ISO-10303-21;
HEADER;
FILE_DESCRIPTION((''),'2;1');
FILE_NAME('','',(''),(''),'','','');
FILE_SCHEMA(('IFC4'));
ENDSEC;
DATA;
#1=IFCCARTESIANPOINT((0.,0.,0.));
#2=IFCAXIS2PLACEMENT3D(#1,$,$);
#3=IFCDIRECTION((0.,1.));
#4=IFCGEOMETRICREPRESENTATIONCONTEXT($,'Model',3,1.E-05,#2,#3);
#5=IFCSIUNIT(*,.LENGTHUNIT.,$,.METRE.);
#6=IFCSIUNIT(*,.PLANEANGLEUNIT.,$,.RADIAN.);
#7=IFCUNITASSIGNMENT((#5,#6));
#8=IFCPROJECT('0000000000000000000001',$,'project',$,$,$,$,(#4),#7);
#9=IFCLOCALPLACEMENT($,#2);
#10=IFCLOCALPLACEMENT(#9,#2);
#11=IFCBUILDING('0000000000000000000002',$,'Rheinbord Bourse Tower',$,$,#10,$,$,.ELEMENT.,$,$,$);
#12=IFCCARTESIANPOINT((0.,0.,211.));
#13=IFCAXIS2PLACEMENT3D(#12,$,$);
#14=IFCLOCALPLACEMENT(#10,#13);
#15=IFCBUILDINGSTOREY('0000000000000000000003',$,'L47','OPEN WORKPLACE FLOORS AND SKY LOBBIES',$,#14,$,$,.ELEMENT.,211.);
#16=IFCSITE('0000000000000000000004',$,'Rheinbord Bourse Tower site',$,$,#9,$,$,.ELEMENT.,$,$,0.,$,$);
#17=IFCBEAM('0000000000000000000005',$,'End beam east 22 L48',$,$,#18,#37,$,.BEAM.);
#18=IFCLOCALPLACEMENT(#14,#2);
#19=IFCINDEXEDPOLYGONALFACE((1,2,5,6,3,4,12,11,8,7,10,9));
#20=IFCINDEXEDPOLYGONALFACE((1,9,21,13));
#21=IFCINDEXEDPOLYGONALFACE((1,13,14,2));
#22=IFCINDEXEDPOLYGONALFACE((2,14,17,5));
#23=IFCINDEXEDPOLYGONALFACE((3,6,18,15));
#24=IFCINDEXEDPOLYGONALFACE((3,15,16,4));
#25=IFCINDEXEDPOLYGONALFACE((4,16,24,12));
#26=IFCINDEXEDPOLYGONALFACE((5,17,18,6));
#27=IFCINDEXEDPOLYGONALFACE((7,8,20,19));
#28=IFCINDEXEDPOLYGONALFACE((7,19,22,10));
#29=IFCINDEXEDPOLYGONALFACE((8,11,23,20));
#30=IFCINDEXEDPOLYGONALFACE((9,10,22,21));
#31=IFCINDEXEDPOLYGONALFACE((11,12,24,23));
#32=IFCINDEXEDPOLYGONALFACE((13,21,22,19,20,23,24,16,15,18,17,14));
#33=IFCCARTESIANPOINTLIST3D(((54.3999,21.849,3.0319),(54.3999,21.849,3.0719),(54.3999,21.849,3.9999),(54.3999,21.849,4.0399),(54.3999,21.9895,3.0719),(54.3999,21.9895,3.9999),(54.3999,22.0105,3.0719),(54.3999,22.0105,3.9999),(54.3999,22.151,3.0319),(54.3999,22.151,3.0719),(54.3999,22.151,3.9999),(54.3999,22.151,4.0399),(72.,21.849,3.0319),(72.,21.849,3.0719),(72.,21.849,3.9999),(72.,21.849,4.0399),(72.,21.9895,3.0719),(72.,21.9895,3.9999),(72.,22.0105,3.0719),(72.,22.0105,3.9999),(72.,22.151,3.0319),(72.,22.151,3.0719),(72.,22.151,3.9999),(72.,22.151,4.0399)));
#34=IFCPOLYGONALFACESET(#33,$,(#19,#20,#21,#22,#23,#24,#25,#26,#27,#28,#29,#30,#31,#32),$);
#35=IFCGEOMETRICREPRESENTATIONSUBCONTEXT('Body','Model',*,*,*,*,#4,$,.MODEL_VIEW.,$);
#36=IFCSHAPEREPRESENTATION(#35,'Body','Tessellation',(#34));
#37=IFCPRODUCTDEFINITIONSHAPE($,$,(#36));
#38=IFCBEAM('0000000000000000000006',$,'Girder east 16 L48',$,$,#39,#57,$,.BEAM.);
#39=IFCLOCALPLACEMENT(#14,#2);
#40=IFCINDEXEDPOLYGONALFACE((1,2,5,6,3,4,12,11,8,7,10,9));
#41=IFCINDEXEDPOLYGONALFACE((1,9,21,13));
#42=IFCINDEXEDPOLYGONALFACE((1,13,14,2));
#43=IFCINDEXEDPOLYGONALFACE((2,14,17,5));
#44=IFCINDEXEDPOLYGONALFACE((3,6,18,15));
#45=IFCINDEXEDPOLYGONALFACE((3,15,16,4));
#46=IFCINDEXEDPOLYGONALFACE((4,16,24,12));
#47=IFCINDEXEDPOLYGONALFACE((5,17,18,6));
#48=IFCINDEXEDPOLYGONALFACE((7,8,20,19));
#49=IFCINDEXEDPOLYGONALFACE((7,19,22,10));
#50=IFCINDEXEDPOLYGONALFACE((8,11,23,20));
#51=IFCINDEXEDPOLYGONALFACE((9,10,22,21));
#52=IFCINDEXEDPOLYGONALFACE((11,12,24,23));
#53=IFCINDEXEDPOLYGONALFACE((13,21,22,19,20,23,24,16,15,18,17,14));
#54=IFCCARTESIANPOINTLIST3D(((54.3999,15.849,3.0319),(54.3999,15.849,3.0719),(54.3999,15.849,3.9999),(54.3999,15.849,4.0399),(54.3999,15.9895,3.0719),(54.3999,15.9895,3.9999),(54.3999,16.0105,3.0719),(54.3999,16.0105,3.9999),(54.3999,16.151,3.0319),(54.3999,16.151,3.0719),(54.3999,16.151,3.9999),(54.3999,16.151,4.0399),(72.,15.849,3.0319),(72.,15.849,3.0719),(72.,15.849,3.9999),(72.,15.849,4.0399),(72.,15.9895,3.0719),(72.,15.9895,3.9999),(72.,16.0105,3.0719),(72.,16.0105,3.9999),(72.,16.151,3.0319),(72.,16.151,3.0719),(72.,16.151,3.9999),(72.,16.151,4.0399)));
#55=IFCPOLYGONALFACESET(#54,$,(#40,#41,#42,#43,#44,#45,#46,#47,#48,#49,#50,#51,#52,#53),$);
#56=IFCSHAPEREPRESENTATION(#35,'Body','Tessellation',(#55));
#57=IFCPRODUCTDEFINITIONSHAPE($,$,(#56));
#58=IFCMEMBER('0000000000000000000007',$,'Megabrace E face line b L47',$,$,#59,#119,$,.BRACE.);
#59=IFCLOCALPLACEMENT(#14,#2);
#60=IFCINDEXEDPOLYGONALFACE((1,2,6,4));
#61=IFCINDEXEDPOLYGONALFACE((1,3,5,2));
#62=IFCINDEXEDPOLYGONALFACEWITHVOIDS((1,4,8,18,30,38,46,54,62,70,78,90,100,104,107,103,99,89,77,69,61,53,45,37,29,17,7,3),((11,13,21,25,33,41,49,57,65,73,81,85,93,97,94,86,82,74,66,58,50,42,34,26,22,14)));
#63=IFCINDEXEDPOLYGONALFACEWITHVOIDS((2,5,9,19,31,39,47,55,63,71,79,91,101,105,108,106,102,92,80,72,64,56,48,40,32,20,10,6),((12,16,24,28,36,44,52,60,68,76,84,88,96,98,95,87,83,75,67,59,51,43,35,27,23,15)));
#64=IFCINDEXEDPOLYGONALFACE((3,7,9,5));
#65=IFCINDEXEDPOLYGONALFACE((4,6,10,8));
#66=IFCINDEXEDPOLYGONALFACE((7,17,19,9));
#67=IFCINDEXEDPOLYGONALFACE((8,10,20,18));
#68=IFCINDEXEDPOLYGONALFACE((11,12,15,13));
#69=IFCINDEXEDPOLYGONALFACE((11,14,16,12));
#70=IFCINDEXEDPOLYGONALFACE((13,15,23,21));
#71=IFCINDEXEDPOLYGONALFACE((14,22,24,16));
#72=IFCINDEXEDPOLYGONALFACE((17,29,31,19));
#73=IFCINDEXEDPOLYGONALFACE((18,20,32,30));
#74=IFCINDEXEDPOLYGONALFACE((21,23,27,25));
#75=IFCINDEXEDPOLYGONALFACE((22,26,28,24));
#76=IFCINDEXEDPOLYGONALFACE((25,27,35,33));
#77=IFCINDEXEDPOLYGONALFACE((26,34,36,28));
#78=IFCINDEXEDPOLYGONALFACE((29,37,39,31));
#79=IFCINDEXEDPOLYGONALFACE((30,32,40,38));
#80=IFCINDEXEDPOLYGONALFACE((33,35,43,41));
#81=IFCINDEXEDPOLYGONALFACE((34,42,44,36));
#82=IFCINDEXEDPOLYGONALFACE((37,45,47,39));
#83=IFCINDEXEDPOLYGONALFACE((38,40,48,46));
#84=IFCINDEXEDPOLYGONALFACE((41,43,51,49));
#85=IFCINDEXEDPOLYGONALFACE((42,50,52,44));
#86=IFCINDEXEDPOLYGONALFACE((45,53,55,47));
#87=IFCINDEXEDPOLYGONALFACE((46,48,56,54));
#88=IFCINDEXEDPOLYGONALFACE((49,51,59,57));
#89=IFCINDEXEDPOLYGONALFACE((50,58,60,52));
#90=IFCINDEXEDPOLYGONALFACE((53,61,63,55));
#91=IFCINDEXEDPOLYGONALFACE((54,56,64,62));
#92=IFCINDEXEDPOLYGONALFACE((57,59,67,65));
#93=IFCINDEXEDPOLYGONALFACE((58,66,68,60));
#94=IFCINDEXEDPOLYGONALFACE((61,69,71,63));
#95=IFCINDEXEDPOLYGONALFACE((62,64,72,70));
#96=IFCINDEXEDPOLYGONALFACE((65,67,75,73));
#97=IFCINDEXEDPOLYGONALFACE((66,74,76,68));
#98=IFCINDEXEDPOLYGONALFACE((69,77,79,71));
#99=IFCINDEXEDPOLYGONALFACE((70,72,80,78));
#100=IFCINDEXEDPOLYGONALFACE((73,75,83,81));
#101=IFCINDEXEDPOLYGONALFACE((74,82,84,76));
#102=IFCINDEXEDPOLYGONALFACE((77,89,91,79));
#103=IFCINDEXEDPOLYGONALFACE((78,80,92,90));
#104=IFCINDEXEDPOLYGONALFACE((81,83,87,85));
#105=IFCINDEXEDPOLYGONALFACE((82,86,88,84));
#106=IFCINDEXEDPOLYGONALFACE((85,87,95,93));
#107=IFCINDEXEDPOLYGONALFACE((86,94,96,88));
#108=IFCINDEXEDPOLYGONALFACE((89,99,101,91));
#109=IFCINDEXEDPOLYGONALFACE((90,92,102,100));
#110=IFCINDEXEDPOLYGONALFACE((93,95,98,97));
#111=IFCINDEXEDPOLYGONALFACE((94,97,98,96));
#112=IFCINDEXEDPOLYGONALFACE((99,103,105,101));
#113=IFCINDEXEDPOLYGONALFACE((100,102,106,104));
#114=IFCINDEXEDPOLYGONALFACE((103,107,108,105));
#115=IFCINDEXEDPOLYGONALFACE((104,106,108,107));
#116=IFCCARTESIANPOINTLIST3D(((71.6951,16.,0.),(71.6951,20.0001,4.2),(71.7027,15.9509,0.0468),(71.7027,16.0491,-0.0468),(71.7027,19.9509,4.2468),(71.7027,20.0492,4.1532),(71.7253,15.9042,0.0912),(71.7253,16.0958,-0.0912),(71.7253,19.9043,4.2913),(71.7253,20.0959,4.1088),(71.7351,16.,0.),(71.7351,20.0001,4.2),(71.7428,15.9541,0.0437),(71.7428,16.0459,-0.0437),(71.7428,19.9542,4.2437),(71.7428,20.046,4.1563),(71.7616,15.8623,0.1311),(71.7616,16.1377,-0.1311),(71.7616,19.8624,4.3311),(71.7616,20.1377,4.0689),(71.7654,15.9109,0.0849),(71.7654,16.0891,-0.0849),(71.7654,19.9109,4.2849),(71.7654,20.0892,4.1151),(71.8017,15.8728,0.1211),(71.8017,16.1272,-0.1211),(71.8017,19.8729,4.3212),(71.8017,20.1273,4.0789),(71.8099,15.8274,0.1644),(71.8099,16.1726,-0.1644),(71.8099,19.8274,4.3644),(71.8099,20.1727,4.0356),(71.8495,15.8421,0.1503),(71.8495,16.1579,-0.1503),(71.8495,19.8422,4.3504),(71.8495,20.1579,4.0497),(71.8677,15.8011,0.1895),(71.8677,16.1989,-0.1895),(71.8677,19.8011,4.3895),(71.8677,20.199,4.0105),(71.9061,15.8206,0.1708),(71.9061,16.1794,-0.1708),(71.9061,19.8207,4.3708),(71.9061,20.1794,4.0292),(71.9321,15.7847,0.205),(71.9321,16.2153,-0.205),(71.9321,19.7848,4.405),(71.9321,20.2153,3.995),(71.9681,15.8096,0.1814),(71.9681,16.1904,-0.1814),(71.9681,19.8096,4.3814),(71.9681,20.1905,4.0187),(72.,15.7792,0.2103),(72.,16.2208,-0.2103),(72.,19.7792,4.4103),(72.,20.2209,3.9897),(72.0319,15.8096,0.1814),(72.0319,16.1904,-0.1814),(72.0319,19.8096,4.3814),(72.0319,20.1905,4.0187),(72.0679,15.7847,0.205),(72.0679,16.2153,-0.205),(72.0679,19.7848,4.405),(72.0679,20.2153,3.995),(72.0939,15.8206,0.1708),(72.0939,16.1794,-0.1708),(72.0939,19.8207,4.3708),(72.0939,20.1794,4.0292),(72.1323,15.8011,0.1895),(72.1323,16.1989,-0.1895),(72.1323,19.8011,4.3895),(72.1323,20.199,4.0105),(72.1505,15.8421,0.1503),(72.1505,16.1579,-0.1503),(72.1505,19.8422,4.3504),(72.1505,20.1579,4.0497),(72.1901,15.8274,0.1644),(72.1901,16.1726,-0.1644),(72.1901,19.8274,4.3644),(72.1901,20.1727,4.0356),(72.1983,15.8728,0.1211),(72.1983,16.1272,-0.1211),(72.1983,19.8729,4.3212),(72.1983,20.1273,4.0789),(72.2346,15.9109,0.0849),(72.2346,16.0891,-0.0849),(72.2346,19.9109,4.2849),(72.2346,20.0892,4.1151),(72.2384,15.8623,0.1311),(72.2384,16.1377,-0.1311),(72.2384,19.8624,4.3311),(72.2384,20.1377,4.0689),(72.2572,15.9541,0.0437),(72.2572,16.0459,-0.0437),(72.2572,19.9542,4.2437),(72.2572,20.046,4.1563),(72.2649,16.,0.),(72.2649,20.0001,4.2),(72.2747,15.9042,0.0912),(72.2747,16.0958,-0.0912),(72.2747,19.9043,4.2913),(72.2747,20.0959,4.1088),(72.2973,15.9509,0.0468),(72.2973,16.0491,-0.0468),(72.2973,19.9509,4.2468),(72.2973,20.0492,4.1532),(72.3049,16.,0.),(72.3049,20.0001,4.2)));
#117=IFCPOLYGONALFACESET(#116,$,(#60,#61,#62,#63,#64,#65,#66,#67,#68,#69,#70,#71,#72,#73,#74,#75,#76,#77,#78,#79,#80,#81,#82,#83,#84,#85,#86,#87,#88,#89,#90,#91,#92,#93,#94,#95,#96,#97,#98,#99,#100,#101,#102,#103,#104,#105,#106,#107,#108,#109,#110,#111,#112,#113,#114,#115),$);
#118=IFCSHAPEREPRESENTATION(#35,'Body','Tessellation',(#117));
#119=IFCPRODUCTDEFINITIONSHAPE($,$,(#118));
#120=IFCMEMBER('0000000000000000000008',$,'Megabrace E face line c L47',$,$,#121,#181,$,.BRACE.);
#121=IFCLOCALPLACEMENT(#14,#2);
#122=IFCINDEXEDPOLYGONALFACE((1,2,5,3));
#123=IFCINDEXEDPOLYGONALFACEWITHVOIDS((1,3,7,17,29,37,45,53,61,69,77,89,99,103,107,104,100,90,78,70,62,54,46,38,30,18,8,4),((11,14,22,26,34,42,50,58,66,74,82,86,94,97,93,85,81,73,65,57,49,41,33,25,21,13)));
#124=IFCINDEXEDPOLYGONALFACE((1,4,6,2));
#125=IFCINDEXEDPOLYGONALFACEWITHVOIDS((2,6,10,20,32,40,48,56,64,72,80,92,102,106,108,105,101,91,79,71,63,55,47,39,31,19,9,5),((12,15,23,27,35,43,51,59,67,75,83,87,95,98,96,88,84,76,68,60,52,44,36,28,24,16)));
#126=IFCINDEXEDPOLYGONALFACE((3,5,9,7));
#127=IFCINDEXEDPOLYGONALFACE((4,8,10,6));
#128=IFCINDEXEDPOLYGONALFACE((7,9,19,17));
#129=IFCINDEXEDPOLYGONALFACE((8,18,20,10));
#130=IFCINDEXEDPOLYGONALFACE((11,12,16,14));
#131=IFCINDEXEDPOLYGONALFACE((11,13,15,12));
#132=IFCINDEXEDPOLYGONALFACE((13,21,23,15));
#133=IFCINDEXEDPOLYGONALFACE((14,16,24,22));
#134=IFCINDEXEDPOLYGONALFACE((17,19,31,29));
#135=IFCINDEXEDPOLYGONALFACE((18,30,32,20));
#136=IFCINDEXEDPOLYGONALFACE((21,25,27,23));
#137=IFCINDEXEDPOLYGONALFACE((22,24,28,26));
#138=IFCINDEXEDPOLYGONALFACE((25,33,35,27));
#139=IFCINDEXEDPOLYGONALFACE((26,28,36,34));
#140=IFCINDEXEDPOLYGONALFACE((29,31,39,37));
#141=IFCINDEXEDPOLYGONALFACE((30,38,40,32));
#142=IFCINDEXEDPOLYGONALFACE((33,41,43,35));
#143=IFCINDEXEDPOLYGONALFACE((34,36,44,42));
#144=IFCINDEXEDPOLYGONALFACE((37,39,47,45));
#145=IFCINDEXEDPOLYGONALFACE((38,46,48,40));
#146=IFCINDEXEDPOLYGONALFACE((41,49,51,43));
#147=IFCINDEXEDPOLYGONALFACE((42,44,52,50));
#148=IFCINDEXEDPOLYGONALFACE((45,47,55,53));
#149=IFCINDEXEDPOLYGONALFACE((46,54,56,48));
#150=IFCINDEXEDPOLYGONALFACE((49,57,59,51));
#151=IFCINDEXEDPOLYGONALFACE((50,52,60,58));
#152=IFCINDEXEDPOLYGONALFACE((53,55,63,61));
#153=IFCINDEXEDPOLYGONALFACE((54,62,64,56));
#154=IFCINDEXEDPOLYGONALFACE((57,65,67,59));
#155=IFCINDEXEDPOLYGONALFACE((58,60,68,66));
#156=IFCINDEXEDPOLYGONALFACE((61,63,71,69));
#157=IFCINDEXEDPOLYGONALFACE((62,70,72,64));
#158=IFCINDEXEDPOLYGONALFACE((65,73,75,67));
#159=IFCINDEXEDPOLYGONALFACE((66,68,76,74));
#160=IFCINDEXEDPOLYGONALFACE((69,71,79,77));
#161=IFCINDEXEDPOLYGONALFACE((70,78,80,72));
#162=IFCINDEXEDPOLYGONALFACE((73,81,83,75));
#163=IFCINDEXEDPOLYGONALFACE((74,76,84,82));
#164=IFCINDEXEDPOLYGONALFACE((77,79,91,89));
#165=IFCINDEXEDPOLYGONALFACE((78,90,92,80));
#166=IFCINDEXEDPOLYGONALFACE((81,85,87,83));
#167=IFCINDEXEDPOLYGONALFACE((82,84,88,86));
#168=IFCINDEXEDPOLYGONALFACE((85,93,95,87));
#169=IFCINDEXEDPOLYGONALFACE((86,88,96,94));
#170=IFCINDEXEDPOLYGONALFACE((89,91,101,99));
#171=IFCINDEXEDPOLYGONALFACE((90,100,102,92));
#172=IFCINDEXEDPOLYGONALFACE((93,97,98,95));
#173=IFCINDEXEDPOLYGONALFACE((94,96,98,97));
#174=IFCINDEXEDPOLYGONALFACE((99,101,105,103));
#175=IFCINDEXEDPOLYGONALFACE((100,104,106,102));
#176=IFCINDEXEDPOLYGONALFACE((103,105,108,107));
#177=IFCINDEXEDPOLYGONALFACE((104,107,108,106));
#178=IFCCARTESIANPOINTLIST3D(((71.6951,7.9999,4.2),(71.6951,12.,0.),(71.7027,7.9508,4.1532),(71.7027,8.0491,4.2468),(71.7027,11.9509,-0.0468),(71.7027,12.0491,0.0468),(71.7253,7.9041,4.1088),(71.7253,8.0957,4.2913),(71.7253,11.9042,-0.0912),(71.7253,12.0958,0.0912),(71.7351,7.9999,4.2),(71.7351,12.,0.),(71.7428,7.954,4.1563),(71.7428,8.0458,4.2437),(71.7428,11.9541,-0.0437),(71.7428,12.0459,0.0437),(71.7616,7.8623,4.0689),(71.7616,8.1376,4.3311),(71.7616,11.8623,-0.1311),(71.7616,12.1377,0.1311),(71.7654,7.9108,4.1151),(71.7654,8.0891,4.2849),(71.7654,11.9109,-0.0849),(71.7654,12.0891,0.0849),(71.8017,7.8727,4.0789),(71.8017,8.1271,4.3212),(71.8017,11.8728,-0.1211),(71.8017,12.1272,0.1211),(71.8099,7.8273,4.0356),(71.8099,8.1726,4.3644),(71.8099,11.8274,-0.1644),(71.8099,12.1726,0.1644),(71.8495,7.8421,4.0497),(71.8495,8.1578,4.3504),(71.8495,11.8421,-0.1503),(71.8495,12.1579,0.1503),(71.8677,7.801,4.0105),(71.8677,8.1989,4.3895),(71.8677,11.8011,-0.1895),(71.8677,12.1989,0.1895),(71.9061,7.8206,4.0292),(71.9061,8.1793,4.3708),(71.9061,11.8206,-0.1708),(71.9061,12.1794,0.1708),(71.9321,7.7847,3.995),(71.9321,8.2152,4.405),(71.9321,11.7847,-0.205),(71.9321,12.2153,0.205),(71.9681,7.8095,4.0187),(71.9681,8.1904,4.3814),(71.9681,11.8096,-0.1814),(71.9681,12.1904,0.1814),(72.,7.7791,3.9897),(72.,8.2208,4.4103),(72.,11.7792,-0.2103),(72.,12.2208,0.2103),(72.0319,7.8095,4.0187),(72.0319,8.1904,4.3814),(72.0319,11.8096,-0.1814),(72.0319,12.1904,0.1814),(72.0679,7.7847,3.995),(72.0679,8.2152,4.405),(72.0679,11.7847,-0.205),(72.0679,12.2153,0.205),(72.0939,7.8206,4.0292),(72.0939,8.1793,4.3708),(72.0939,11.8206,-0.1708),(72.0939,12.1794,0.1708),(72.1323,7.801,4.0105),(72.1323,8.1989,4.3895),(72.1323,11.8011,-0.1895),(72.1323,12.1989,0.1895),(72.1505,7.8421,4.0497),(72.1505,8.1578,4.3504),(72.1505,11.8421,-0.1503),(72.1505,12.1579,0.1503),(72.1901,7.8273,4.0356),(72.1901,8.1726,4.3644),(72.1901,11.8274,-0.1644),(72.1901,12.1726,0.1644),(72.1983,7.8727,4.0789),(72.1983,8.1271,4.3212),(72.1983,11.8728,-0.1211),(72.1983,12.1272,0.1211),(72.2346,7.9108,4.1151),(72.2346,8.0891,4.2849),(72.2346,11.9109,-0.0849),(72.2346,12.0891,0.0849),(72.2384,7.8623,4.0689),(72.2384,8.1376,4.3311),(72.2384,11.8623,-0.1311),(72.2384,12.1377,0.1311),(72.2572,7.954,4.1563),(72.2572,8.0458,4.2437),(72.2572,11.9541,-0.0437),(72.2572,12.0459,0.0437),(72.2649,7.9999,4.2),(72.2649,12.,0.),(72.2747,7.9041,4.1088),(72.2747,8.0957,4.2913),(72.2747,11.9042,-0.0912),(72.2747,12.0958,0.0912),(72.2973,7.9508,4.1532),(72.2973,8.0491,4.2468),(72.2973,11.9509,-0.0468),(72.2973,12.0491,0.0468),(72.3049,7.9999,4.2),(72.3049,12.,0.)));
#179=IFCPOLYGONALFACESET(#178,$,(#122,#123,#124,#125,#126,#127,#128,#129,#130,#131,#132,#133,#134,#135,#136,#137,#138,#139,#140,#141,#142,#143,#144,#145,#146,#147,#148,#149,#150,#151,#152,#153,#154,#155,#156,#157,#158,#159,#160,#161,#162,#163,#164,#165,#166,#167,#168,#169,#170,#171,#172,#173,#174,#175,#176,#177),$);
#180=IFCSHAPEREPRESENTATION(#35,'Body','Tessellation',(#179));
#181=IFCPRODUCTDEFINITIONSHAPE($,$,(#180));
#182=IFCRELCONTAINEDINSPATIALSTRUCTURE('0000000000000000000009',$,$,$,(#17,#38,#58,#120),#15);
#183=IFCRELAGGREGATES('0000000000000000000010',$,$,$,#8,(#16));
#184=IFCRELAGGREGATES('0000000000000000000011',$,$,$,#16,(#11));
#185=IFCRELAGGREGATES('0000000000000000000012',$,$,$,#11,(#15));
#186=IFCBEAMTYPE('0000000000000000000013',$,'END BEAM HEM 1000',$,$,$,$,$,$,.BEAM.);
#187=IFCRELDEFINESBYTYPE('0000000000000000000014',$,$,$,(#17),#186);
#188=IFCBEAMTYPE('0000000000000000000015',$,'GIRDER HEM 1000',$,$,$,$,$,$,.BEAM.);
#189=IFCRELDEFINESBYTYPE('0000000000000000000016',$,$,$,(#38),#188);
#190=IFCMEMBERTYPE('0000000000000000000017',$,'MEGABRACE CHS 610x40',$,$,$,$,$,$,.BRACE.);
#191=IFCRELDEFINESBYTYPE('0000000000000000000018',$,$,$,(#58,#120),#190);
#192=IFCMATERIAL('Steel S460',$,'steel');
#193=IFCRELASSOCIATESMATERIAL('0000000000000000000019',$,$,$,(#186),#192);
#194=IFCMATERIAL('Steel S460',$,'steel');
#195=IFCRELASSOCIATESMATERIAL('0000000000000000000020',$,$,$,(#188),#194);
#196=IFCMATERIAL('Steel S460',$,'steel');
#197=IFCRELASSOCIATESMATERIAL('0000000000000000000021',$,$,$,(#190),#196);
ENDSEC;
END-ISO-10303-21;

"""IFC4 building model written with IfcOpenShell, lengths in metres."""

from ifc_helpers import new_model, si_unit, direction, frame, origin, origin_2d, place, context, subcontext, project, spatial, hollow_circle, i_section, extrude, material, material_profile, profile_set, type_object, element, save


model = new_model("IFC4")

# Units and contexts
model_context = context("Model", 3, precision=1e-05, world=origin(), true_north=direction((0.0, 1.0)))
body_context = subcontext(model_context, "Body", "Model", "MODEL_VIEW")
ifc_project = project(units=[si_unit("LENGTHUNIT", "METRE"), si_unit("PLANEANGLEUNIT", "RADIAN")], contexts=[model_context])

# Site, building, storey
site_placement = place(None, origin())
site = spatial("IfcSite", under=ifc_project, at=site_placement, Name="Rheinbord Bourse Tower site", CompositionType="ELEMENT", RefElevation=0.0)
building_placement = place(site_placement, origin())
building = spatial("IfcBuilding", under=site, at=building_placement, Name="Rheinbord Bourse Tower", CompositionType="ELEMENT")
storey_placement = place(building_placement, frame((0.0, 0.0, 211.0)))
storey = spatial("IfcBuildingStorey", under=building, at=storey_placement, Name="L47", Description="OPEN WORKPLACE FLOORS AND SKY LOBBIES", CompositionType="ELEMENT", Elevation=211.0)

# Beams
ifc_material_1 = material(Name="Steel S460", Category="steel")
ifc_material_profile_1 = material_profile(ifc_material_1, i_section(OverallWidth=0.302, OverallDepth=1.0081, WebThickness=0.021, FlangeThickness=0.04, at=origin_2d()), Name="HEM 1000")
ifc_profile_set_1 = profile_set([ifc_material_profile_1], Name="Steel S460")
beam_type_1 = type_object("IfcBeamType", Name="END BEAM HEM 1000", PredefinedType="BEAM", material=ifc_profile_set_1)
for number, where, z_axis, x_axis, name in (
    (1, (54.3999, 22.0, 3.5359), (1.0, 0.0, 0.0), (0.0, 1.0, 0.0), "End beam east 22 L48"),
):
    element("IfcBeam", number, at=place(storey_placement, frame(where, z_axis=z_axis, x_axis=x_axis)), inside=storey, type_object=beam_type_1, Name=name, PredefinedType="BEAM", context=body_context, shape_type="SweptSolid", body=[
        extrude(i_section(OverallWidth=0.302, OverallDepth=1.0081, WebThickness=0.021, FlangeThickness=0.04, at=origin_2d()), origin(), (0.0, 0.0, 1.0), 17.6001),
    ])
ifc_material_2 = material(Name="Steel S460", Category="steel")
ifc_material_profile_2 = material_profile(ifc_material_2, i_section(OverallWidth=0.302, OverallDepth=1.0081, WebThickness=0.021, FlangeThickness=0.04, at=origin_2d()), Name="HEM 1000")
ifc_profile_set_2 = profile_set([ifc_material_profile_2], Name="Steel S460")
beam_type_2 = type_object("IfcBeamType", Name="GIRDER HEM 1000", PredefinedType="BEAM", material=ifc_profile_set_2)
beam_1_placement = place(storey_placement, frame((54.3999, 16.0, 3.5359), z_axis=(1.0, 0.0, 0.0), x_axis=(0.0, 1.0, 0.0)))
element("IfcBeam", 2, at=beam_1_placement, inside=storey, type_object=beam_type_2, Name="Girder east 16 L48", PredefinedType="BEAM", context=body_context, shape_type="SweptSolid", body=[
    extrude(i_section(OverallWidth=0.302, OverallDepth=1.0081, WebThickness=0.021, FlangeThickness=0.04, at=origin_2d()), origin(), (0.0, 0.0, 1.0), 17.6001),
])

# Members
ifc_material_3 = material(Name="Steel S460", Category="steel")
ifc_material_profile_3 = material_profile(ifc_material_3, hollow_circle(Radius=0.3049, WallThickness=0.04, at=origin_2d()), Name="CHS 610x40")
ifc_profile_set_3 = profile_set([ifc_material_profile_3], Name="Steel S460")
member_type_1 = type_object("IfcMemberType", Name="MEGABRACE CHS 610x40", PredefinedType="BRACE", material=ifc_profile_set_3)
for number, where, z_axis, x_axis, name in (
    (3, (72.0, 16.0, 0.0), (0.0, 0.689659, 0.724134), (-1.0, 0.0, 0.0), "Megabrace E face line b L47"),
    (4, (72.0, 12.0, 0.0), (0.0, -0.689659, 0.724134), (1.0, 0.0, 0.0), "Megabrace E face line c L47"),
):
    element("IfcMember", number, at=place(storey_placement, frame(where, z_axis=z_axis, x_axis=x_axis)), inside=storey, type_object=member_type_1, Name=name, PredefinedType="BRACE", context=body_context, shape_type="SweptSolid", body=[
        extrude(hollow_circle(Radius=0.3049, WallThickness=0.04, at=origin_2d()), origin(), (0.0, 0.0, 1.0), 5.8),
    ])

save(model, "model.ifc")
